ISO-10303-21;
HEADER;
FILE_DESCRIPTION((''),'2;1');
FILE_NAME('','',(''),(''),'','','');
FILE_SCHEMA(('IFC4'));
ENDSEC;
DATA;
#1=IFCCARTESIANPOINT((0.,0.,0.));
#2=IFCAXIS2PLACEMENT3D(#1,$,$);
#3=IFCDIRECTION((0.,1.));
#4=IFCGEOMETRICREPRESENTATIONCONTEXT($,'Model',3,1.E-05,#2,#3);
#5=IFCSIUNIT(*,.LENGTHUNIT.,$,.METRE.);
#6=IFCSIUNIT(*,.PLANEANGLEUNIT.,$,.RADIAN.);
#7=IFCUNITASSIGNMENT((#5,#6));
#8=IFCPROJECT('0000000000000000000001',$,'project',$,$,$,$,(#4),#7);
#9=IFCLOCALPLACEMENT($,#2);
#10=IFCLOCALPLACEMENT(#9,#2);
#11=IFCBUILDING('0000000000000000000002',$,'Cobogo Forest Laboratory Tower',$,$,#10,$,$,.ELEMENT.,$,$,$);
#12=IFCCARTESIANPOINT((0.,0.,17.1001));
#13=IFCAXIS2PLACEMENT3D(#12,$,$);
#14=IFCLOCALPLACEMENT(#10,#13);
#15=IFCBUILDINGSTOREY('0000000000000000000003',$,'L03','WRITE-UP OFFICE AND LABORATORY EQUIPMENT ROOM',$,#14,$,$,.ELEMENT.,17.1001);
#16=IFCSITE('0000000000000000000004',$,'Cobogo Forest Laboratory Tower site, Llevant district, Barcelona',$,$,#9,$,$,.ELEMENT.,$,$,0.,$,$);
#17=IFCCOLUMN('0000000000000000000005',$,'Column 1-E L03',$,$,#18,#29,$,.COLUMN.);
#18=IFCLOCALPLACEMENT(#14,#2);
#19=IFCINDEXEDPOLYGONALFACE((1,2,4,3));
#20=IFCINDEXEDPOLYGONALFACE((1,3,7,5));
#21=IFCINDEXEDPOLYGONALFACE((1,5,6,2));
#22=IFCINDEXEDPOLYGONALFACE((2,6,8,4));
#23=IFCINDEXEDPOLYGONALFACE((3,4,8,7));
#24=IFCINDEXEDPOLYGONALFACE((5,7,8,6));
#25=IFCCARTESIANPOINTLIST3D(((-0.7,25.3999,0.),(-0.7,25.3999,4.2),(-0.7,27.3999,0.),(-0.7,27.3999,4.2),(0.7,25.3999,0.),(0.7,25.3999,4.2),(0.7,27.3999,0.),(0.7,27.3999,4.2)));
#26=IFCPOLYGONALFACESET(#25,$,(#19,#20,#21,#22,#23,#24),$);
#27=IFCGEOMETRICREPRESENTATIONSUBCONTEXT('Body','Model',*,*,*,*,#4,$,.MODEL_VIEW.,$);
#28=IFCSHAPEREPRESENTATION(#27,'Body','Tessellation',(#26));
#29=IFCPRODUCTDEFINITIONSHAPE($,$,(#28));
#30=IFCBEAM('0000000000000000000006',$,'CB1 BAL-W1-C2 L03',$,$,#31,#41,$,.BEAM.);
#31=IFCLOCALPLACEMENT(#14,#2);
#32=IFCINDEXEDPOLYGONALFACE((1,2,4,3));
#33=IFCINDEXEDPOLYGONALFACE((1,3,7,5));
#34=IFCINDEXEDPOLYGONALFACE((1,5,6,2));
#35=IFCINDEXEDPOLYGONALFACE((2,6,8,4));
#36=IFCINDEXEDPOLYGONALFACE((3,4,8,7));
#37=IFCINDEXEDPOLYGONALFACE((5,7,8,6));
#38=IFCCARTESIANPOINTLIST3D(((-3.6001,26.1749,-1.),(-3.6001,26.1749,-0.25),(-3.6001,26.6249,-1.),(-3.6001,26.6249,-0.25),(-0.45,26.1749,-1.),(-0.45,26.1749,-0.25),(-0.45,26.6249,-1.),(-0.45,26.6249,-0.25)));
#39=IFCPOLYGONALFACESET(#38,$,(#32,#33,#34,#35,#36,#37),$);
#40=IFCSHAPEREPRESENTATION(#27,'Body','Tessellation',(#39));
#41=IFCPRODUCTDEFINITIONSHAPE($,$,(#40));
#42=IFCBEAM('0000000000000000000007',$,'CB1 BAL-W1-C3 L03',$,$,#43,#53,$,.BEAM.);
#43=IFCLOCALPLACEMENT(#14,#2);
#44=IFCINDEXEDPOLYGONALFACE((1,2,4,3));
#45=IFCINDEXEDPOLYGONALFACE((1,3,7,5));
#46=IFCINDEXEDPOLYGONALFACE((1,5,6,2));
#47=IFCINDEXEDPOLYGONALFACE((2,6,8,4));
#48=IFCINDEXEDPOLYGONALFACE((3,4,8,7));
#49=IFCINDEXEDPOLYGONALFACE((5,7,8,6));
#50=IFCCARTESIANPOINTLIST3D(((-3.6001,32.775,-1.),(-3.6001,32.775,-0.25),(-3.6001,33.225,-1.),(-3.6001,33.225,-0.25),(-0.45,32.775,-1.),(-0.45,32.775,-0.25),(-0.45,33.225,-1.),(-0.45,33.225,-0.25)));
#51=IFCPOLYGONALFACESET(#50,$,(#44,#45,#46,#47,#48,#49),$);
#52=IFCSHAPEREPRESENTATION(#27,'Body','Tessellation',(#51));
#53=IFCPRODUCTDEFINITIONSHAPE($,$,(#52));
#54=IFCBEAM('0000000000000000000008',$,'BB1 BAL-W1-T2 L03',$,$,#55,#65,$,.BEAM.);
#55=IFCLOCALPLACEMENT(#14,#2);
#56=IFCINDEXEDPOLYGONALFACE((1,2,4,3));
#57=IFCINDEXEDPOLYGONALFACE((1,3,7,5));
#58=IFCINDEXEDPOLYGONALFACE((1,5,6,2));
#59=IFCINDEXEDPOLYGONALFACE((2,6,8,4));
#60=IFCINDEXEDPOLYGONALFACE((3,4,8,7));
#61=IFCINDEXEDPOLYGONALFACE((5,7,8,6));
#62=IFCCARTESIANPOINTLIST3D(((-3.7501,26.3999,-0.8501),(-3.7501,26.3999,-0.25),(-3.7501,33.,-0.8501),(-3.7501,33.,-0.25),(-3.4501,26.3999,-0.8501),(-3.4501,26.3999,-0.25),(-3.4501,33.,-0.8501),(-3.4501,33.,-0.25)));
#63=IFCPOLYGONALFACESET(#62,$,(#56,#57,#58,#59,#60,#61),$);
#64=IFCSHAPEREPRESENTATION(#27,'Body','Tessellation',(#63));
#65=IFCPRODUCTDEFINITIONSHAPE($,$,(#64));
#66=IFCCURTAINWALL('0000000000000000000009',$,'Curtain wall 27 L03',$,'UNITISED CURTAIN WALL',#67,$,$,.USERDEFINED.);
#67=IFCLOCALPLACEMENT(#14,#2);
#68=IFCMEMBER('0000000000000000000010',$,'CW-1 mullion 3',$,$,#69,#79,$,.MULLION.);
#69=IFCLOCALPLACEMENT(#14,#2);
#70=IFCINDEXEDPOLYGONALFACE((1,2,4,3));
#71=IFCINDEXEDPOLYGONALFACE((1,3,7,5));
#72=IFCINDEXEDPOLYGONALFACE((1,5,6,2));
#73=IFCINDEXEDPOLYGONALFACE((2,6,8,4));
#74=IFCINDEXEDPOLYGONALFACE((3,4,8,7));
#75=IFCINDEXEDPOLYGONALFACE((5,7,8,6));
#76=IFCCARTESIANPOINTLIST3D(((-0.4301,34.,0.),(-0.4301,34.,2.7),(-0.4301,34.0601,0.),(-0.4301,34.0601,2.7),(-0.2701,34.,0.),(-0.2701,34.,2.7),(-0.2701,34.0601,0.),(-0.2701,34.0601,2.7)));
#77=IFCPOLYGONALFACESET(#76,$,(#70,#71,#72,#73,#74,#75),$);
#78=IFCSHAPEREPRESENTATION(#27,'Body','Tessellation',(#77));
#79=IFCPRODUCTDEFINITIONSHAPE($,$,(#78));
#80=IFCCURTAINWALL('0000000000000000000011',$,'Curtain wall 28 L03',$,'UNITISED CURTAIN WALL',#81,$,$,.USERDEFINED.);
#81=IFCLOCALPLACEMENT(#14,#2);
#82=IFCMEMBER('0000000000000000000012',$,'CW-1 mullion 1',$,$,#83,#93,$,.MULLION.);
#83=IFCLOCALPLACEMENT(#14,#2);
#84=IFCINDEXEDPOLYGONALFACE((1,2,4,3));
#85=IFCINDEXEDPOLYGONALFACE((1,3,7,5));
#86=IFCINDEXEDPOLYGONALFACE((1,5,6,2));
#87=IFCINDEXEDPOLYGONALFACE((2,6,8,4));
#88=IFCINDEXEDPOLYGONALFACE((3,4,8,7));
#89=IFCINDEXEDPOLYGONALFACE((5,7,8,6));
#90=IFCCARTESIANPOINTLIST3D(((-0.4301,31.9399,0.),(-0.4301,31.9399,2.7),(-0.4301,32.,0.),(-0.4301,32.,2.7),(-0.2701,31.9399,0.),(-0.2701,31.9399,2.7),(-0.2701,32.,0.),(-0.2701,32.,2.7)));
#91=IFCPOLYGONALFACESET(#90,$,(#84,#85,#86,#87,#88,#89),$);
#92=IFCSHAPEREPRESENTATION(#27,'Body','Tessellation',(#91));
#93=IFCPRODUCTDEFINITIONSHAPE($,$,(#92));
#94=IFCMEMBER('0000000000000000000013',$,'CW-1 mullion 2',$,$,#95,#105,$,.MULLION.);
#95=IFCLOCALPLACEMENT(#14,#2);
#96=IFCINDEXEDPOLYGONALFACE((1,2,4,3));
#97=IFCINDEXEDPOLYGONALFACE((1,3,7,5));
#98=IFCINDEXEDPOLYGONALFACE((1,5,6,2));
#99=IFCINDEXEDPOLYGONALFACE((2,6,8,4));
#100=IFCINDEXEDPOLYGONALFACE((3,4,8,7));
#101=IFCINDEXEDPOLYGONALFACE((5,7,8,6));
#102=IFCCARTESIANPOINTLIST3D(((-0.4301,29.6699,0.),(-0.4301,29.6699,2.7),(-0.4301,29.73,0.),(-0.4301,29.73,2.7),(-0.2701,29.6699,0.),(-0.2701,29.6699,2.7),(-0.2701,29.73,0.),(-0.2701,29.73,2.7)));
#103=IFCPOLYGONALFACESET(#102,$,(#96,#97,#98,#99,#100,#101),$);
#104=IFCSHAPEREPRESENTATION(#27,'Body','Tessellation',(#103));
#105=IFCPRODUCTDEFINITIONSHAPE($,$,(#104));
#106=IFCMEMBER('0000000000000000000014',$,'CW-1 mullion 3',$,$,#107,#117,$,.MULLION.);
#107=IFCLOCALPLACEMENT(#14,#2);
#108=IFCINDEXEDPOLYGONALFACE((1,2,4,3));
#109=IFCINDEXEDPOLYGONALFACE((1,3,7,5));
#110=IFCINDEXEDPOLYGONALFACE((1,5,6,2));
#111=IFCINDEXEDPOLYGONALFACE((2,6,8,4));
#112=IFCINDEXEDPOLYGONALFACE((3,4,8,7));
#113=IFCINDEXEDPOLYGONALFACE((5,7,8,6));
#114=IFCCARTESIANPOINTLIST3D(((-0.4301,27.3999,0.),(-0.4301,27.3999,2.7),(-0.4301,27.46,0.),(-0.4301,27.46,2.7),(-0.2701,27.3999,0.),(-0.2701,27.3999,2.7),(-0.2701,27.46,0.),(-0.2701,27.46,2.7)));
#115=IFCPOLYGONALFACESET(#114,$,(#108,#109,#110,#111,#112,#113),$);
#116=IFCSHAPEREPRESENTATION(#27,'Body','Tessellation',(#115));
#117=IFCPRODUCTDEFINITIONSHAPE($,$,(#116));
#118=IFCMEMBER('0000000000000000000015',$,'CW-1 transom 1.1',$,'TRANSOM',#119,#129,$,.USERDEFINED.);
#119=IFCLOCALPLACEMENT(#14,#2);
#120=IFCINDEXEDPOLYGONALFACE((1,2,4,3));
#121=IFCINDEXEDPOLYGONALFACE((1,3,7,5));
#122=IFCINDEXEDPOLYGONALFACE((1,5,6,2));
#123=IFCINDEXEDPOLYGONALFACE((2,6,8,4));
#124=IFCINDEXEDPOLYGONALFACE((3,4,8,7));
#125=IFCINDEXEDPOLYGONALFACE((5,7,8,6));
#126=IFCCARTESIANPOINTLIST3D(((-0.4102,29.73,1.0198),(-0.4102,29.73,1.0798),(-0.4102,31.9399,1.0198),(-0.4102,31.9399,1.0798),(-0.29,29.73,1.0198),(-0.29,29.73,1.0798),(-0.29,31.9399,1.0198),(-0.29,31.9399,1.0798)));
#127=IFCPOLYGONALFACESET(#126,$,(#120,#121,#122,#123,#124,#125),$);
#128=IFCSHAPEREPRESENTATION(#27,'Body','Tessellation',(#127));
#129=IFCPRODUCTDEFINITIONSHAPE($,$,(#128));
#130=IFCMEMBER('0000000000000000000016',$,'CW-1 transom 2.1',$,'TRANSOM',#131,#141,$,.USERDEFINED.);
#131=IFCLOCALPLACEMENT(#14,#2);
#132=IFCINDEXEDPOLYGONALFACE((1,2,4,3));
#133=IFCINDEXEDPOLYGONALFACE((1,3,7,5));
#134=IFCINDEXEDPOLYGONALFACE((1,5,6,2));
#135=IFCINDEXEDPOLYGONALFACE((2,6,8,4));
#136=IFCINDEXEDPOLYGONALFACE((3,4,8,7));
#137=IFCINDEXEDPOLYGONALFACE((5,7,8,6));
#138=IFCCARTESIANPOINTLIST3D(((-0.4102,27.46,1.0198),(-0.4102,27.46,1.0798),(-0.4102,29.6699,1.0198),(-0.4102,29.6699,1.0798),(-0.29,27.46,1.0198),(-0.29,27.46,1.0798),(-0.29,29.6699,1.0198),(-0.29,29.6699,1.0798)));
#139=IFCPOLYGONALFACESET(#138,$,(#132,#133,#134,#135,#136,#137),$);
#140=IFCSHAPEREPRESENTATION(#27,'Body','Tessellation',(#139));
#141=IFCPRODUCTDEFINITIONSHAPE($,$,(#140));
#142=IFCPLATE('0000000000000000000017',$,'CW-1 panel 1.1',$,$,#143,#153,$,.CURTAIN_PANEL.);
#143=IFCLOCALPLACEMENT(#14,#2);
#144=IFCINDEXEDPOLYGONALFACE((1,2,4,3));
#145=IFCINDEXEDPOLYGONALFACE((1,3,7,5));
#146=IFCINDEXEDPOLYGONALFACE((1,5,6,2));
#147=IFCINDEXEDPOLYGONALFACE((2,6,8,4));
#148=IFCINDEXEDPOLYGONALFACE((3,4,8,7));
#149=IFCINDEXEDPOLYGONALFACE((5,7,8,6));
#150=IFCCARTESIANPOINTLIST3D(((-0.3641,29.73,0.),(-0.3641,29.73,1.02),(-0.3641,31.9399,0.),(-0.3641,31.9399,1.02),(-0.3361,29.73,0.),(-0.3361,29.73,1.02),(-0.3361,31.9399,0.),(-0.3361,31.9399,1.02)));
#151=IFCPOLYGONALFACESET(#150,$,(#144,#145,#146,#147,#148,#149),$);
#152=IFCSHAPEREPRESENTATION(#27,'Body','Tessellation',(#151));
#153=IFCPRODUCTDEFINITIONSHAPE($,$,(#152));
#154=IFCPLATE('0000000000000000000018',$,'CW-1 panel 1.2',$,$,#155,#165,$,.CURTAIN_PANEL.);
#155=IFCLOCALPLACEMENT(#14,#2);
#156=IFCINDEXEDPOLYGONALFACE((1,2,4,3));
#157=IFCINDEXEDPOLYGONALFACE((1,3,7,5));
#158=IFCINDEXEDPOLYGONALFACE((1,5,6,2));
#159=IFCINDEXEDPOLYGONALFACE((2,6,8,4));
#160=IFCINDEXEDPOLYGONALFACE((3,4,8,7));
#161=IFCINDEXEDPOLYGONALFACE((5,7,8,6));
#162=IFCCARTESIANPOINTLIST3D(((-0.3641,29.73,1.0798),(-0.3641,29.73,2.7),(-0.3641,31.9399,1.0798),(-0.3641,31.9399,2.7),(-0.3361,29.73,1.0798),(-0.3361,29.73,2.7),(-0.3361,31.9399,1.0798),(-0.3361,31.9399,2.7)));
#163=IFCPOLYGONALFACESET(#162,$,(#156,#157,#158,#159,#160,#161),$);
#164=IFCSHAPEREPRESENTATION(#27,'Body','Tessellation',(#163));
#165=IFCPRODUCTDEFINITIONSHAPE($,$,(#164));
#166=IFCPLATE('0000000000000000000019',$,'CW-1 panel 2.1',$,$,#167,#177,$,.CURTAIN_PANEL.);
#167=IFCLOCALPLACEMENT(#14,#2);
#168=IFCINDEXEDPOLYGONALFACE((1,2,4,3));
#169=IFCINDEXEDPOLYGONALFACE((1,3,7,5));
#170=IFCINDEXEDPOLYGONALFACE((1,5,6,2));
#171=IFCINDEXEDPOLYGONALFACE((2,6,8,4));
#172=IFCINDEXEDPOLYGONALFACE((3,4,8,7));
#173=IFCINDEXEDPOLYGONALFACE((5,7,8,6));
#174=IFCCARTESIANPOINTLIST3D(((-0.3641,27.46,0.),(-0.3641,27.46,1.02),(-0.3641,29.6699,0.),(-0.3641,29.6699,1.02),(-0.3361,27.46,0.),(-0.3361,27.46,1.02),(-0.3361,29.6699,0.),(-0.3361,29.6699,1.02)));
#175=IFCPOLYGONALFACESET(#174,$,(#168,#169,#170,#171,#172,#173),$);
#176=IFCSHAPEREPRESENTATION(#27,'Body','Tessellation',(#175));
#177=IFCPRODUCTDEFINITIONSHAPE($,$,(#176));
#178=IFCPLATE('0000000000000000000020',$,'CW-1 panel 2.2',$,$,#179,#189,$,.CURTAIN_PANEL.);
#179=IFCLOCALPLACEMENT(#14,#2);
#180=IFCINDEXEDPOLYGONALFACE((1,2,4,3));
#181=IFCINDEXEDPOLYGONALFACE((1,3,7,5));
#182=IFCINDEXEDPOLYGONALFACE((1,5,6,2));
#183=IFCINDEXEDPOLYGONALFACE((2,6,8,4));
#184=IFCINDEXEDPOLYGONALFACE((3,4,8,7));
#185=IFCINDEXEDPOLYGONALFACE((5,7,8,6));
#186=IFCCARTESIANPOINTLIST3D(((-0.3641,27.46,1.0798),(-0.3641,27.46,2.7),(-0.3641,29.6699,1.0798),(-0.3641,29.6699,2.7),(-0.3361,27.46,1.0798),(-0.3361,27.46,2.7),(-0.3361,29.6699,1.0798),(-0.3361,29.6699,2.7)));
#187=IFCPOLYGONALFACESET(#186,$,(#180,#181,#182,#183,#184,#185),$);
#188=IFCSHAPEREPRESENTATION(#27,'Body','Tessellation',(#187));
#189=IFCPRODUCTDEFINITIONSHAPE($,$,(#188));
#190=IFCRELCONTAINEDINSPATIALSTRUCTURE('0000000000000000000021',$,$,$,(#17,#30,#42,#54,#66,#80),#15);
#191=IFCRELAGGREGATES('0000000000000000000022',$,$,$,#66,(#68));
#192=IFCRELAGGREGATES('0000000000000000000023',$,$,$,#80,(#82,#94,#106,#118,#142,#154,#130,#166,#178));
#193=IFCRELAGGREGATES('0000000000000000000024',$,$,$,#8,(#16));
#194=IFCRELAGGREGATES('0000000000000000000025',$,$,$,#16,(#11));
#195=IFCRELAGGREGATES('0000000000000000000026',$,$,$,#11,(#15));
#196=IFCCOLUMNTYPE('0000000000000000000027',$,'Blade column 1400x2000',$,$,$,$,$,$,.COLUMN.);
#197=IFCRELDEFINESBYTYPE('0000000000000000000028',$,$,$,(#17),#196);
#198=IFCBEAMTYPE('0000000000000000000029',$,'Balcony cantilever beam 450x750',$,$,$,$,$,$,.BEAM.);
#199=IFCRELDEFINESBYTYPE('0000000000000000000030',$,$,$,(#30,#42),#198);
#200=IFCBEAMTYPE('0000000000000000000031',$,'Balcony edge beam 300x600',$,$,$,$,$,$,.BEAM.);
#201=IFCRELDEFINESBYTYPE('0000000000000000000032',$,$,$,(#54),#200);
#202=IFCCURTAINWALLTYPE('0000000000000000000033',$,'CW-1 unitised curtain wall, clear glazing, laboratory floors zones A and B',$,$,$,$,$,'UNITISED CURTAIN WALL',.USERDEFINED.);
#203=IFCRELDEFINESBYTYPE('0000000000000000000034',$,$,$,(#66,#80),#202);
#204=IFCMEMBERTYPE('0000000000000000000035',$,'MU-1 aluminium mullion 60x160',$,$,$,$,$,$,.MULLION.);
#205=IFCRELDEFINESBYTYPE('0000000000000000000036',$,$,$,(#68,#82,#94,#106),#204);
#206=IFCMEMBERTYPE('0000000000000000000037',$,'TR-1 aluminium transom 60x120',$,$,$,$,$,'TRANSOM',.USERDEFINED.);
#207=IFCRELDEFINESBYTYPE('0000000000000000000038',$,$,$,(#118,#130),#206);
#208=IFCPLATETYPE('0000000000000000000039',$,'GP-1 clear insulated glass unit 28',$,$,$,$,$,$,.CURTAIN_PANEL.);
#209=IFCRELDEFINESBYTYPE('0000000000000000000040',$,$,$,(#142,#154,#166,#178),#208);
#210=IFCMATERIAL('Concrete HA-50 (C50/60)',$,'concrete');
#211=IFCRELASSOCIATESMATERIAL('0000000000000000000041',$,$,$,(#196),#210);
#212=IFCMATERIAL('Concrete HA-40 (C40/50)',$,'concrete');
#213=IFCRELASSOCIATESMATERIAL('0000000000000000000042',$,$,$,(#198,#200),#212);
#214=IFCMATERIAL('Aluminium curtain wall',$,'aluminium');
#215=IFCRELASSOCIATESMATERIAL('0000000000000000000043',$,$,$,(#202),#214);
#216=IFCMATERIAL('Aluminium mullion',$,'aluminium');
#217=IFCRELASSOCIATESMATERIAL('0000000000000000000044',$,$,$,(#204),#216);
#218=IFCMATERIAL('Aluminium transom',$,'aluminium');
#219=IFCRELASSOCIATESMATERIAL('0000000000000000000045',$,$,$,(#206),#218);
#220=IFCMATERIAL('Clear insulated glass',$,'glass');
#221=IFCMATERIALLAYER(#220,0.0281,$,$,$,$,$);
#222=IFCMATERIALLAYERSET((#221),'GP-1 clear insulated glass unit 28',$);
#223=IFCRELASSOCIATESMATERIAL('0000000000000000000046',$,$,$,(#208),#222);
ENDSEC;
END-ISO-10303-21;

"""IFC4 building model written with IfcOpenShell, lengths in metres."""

from ifc_helpers import new_model, si_unit, direction, frame, origin, origin_2d, place, context, subcontext, project, spatial, rectangle, extrude, material, layer, layer_set, material_profile, profile_set, type_object, element, aggregate, save


model = new_model("IFC4")

# Units and contexts
model_context = context("Model", 3, precision=1e-05, world=origin(), true_north=direction((0.0, 1.0)))
body_context = subcontext(model_context, "Body", "Model", "MODEL_VIEW")
ifc_project = project(units=[si_unit("LENGTHUNIT", "METRE"), si_unit("PLANEANGLEUNIT", "RADIAN")], contexts=[model_context])

# Site, building, storey
site_placement = place(None, origin())
site = spatial("IfcSite", under=ifc_project, at=site_placement, Name="Cobogo Forest Laboratory Tower site, Llevant district, Barcelona", CompositionType="ELEMENT", RefElevation=0.0)
building_placement = place(site_placement, origin())
building = spatial("IfcBuilding", under=site, at=building_placement, Name="Cobogo Forest Laboratory Tower", CompositionType="ELEMENT")
storey_placement = place(building_placement, frame((0.0, 0.0, 17.1001)))
storey = spatial("IfcBuildingStorey", under=building, at=storey_placement, Name="L03", Description="WRITE-UP OFFICE AND LABORATORY EQUIPMENT ROOM", CompositionType="ELEMENT", Elevation=17.1001)

# Column
ifc_material_1 = material(Name="Concrete HA-50 (C50/60)", Category="concrete")
ifc_material_profile_1 = material_profile(ifc_material_1, rectangle(XDim=2.0, YDim=1.3999, at=origin_2d()), Name="RC 1400x2000")
ifc_profile_set_1 = profile_set([ifc_material_profile_1], Name="Concrete HA-50 (C50/60)")
column_type = type_object("IfcColumnType", Name="Blade column 1400x2000", PredefinedType="COLUMN", material=ifc_profile_set_1)
column_placement = place(storey_placement, frame((0.0, 26.3999, 0.0), z_axis=(0.0, 0.0, 1.0), x_axis=(0.0, 1.0, 0.0)))
element("IfcColumn", 1, at=column_placement, inside=storey, type_object=column_type, Name="Column 1-E L03", PredefinedType="COLUMN", context=body_context, shape_type="SweptSolid", body=[
    extrude(rectangle(XDim=2.0, YDim=1.3999, at=origin_2d()), origin(), (0.0, 0.0, 1.0), 4.2),
])

# Beams
ifc_material_2 = material(Name="Concrete HA-40 (C40/50)", Category="concrete")
ifc_material_profile_2 = material_profile(ifc_material_2, rectangle(XDim=0.45, YDim=0.75, at=origin_2d()), Name="RC 450x750")
ifc_profile_set_2 = profile_set([ifc_material_profile_2], Name="Concrete HA-40 (C40/50)")
beam_type_1 = type_object("IfcBeamType", Name="Balcony cantilever beam 450x750", PredefinedType="BEAM", material=ifc_profile_set_2)
for number, where, z_axis, x_axis, name in (
    (2, (-0.45, 26.3999, -0.625), (-1.0, 0.0, 0.0), (0.0, -1.0, 0.0), "CB1 BAL-W1-C2 L03"),
    (3, (-0.45, 33.0, -0.625), (-1.0, 0.0, 0.0), (0.0, -1.0, 0.0), "CB1 BAL-W1-C3 L03"),
):
    element("IfcBeam", number, at=place(storey_placement, frame(where, z_axis=z_axis, x_axis=x_axis)), inside=storey, type_object=beam_type_1, Name=name, PredefinedType="BEAM", context=body_context, shape_type="SweptSolid", body=[
        extrude(rectangle(XDim=0.45, YDim=0.75, at=origin_2d()), origin(), (0.0, 0.0, 1.0), 3.1501),
    ])
ifc_material_profile_3 = material_profile(ifc_material_2, rectangle(XDim=0.3, YDim=0.6001, at=origin_2d()), Name="RC 300x600")
ifc_profile_set_3 = profile_set([ifc_material_profile_3], Name="Concrete HA-40 (C40/50)")
beam_type_2 = type_object("IfcBeamType", Name="Balcony edge beam 300x600", PredefinedType="BEAM", material=ifc_profile_set_3)
beam_placement = place(storey_placement, frame((-3.6001, 26.3999, -0.55), z_axis=(0.0, 1.0, 0.0), x_axis=(-1.0, 0.0, 0.0)))
element("IfcBeam", 4, at=beam_placement, inside=storey, type_object=beam_type_2, Name="BB1 BAL-W1-T2 L03", PredefinedType="BEAM", context=body_context, shape_type="SweptSolid", body=[
    extrude(rectangle(XDim=0.3, YDim=0.6001, at=origin_2d()), origin(), (0.0, 0.0, 1.0), 6.6001),
])

# Curtain wall, member
ifc_material_3 = material(Name="Aluminium curtain wall", Category="aluminium")
curtain_wall_type = type_object("IfcCurtainWallType", Name="CW-1 unitised curtain wall, clear glazing, laboratory floors zones A and B", ElementType="UNITISED CURTAIN WALL", PredefinedType="USERDEFINED", material=ifc_material_3)
curtain_wall_1_placement = place(storey_placement, origin())
curtain_wall_1 = element("IfcCurtainWall", 5, at=curtain_wall_1_placement, inside=storey, type_object=curtain_wall_type, Name="Curtain wall 27 L03", ObjectType="UNITISED CURTAIN WALL", PredefinedType="USERDEFINED")
ifc_material_4 = material(Name="Aluminium mullion", Category="aluminium")
ifc_material_profile_4 = material_profile(ifc_material_4, rectangle(XDim=0.0601, YDim=0.1599, at=origin_2d()), Name="AL 60x160")
ifc_profile_set_4 = profile_set([ifc_material_profile_4], Name="Aluminium mullion")
member_type_1 = type_object("IfcMemberType", Name="MU-1 aluminium mullion 60x160", PredefinedType="MULLION", material=ifc_profile_set_4)
member_1_placement = place(storey_placement, frame((-0.3501, 34.03, 0.0), z_axis=(0.0, 0.0, 1.0), x_axis=(0.0, -1.0, 0.0)))
member_1 = element("IfcMember", 6, at=member_1_placement, type_object=member_type_1, Name="CW-1 mullion 3", PredefinedType="MULLION", context=body_context, shape_type="SweptSolid", body=[
    extrude(rectangle(XDim=0.0601, YDim=0.1599, at=origin_2d()), origin(), (0.0, 0.0, 1.0), 2.7),
])
aggregate(curtain_wall_1, [member_1])

# Curtain wall, members, plates
curtain_wall_2_placement = place(storey_placement, origin())
curtain_wall_2 = element("IfcCurtainWall", 7, at=curtain_wall_2_placement, inside=storey, type_object=curtain_wall_type, Name="Curtain wall 28 L03", ObjectType="UNITISED CURTAIN WALL", PredefinedType="USERDEFINED")
member_2_placement = place(storey_placement, frame((-0.3501, 31.97, 0.0), z_axis=(0.0, 0.0, 1.0), x_axis=(0.0, -1.0, 0.0)))
member_2 = element("IfcMember", 8, at=member_2_placement, type_object=member_type_1, Name="CW-1 mullion 1", PredefinedType="MULLION", context=body_context, shape_type="SweptSolid", body=[
    extrude(rectangle(XDim=0.0601, YDim=0.1599, at=origin_2d()), origin(), (0.0, 0.0, 1.0), 2.7),
])
member_3_placement = place(storey_placement, frame((-0.3501, 29.7, 0.0), z_axis=(0.0, 0.0, 1.0), x_axis=(0.0, -1.0, 0.0)))
member_3 = element("IfcMember", 9, at=member_3_placement, type_object=member_type_1, Name="CW-1 mullion 2", PredefinedType="MULLION", context=body_context, shape_type="SweptSolid", body=[
    extrude(rectangle(XDim=0.0601, YDim=0.1599, at=origin_2d()), origin(), (0.0, 0.0, 1.0), 2.7),
])
member_4_placement = place(storey_placement, frame((-0.3501, 27.4299, 0.0), z_axis=(0.0, 0.0, 1.0), x_axis=(0.0, -1.0, 0.0)))
member_4 = element("IfcMember", 10, at=member_4_placement, type_object=member_type_1, Name="CW-1 mullion 3", PredefinedType="MULLION", context=body_context, shape_type="SweptSolid", body=[
    extrude(rectangle(XDim=0.0601, YDim=0.1599, at=origin_2d()), origin(), (0.0, 0.0, 1.0), 2.7),
])
ifc_material_5 = material(Name="Aluminium transom", Category="aluminium")
ifc_material_profile_5 = material_profile(ifc_material_5, rectangle(XDim=0.1201, YDim=0.0601, at=origin_2d()), Name="AL 60x120")
ifc_profile_set_5 = profile_set([ifc_material_profile_5], Name="Aluminium transom")
member_type_2 = type_object("IfcMemberType", Name="TR-1 aluminium transom 60x120", ElementType="TRANSOM", PredefinedType="USERDEFINED", material=ifc_profile_set_5)
member_5_placement = place(storey_placement, frame((-0.3501, 31.9399, 1.0498), z_axis=(0.0, -1.0, 0.0), x_axis=(1.0, 0.0, 0.0)))
member_5 = element("IfcMember", 11, at=member_5_placement, type_object=member_type_2, Name="CW-1 transom 1.1", ObjectType="TRANSOM", PredefinedType="USERDEFINED", context=body_context, shape_type="SweptSolid", body=[
    extrude(rectangle(XDim=0.1201, YDim=0.0601, at=origin_2d()), origin(), (0.0, 0.0, 1.0), 2.21),
])
member_6_placement = place(storey_placement, frame((-0.3501, 29.6699, 1.0498), z_axis=(0.0, -1.0, 0.0), x_axis=(1.0, 0.0, 0.0)))
member_6 = element("IfcMember", 12, at=member_6_placement, type_object=member_type_2, Name="CW-1 transom 2.1", ObjectType="TRANSOM", PredefinedType="USERDEFINED", context=body_context, shape_type="SweptSolid", body=[
    extrude(rectangle(XDim=0.1201, YDim=0.0601, at=origin_2d()), origin(), (0.0, 0.0, 1.0), 2.21),
])
ifc_material_6 = material(Name="Clear insulated glass", Category="glass")
ifc_layer_1 = layer(ifc_material_6, 0.0281)
ifc_layer_set_1 = layer_set([ifc_layer_1], Name="GP-1 clear insulated glass unit 28")
plate_type = type_object("IfcPlateType", Name="GP-1 clear insulated glass unit 28", PredefinedType="CURTAIN_PANEL", material=ifc_layer_set_1)
plate_1_placement = place(storey_placement, frame((-0.3501, 30.835, 0.0), z_axis=(0.0, 0.0, 1.0), x_axis=(0.0, -1.0, 0.0)))
plate_1 = element("IfcPlate", 13, at=plate_1_placement, type_object=plate_type, Name="CW-1 panel 1.1", PredefinedType="CURTAIN_PANEL", context=body_context, shape_type="SweptSolid", body=[
    extrude(rectangle(XDim=2.21, YDim=0.0281, at=origin_2d()), origin(), (0.0, 0.0, 1.0), 1.02),
])
plate_2_placement = place(storey_placement, frame((-0.3501, 30.835, 1.0798), z_axis=(0.0, 0.0, 1.0), x_axis=(0.0, -1.0, 0.0)))
plate_2 = element("IfcPlate", 14, at=plate_2_placement, type_object=plate_type, Name="CW-1 panel 1.2", PredefinedType="CURTAIN_PANEL", context=body_context, shape_type="SweptSolid", body=[
    extrude(rectangle(XDim=2.21, YDim=0.0281, at=origin_2d()), origin(), (0.0, 0.0, 1.0), 1.6201),
])
plate_3_placement = place(storey_placement, frame((-0.3501, 28.5649, 0.0), z_axis=(0.0, 0.0, 1.0), x_axis=(0.0, -1.0, 0.0)))
plate_3 = element("IfcPlate", 15, at=plate_3_placement, type_object=plate_type, Name="CW-1 panel 2.1", PredefinedType="CURTAIN_PANEL", context=body_context, shape_type="SweptSolid", body=[
    extrude(rectangle(XDim=2.21, YDim=0.0281, at=origin_2d()), origin(), (0.0, 0.0, 1.0), 1.02),
])
plate_4_placement = place(storey_placement, frame((-0.3501, 28.5649, 1.0798), z_axis=(0.0, 0.0, 1.0), x_axis=(0.0, -1.0, 0.0)))
plate_4 = element("IfcPlate", 16, at=plate_4_placement, type_object=plate_type, Name="CW-1 panel 2.2", PredefinedType="CURTAIN_PANEL", context=body_context, shape_type="SweptSolid", body=[
    extrude(rectangle(XDim=2.21, YDim=0.0281, at=origin_2d()), origin(), (0.0, 0.0, 1.0), 1.6201),
])
aggregate(curtain_wall_2, [member_2, member_3, member_4, member_5, plate_1, plate_2, member_6, plate_3, plate_4])

save(model, "model.ifc")
